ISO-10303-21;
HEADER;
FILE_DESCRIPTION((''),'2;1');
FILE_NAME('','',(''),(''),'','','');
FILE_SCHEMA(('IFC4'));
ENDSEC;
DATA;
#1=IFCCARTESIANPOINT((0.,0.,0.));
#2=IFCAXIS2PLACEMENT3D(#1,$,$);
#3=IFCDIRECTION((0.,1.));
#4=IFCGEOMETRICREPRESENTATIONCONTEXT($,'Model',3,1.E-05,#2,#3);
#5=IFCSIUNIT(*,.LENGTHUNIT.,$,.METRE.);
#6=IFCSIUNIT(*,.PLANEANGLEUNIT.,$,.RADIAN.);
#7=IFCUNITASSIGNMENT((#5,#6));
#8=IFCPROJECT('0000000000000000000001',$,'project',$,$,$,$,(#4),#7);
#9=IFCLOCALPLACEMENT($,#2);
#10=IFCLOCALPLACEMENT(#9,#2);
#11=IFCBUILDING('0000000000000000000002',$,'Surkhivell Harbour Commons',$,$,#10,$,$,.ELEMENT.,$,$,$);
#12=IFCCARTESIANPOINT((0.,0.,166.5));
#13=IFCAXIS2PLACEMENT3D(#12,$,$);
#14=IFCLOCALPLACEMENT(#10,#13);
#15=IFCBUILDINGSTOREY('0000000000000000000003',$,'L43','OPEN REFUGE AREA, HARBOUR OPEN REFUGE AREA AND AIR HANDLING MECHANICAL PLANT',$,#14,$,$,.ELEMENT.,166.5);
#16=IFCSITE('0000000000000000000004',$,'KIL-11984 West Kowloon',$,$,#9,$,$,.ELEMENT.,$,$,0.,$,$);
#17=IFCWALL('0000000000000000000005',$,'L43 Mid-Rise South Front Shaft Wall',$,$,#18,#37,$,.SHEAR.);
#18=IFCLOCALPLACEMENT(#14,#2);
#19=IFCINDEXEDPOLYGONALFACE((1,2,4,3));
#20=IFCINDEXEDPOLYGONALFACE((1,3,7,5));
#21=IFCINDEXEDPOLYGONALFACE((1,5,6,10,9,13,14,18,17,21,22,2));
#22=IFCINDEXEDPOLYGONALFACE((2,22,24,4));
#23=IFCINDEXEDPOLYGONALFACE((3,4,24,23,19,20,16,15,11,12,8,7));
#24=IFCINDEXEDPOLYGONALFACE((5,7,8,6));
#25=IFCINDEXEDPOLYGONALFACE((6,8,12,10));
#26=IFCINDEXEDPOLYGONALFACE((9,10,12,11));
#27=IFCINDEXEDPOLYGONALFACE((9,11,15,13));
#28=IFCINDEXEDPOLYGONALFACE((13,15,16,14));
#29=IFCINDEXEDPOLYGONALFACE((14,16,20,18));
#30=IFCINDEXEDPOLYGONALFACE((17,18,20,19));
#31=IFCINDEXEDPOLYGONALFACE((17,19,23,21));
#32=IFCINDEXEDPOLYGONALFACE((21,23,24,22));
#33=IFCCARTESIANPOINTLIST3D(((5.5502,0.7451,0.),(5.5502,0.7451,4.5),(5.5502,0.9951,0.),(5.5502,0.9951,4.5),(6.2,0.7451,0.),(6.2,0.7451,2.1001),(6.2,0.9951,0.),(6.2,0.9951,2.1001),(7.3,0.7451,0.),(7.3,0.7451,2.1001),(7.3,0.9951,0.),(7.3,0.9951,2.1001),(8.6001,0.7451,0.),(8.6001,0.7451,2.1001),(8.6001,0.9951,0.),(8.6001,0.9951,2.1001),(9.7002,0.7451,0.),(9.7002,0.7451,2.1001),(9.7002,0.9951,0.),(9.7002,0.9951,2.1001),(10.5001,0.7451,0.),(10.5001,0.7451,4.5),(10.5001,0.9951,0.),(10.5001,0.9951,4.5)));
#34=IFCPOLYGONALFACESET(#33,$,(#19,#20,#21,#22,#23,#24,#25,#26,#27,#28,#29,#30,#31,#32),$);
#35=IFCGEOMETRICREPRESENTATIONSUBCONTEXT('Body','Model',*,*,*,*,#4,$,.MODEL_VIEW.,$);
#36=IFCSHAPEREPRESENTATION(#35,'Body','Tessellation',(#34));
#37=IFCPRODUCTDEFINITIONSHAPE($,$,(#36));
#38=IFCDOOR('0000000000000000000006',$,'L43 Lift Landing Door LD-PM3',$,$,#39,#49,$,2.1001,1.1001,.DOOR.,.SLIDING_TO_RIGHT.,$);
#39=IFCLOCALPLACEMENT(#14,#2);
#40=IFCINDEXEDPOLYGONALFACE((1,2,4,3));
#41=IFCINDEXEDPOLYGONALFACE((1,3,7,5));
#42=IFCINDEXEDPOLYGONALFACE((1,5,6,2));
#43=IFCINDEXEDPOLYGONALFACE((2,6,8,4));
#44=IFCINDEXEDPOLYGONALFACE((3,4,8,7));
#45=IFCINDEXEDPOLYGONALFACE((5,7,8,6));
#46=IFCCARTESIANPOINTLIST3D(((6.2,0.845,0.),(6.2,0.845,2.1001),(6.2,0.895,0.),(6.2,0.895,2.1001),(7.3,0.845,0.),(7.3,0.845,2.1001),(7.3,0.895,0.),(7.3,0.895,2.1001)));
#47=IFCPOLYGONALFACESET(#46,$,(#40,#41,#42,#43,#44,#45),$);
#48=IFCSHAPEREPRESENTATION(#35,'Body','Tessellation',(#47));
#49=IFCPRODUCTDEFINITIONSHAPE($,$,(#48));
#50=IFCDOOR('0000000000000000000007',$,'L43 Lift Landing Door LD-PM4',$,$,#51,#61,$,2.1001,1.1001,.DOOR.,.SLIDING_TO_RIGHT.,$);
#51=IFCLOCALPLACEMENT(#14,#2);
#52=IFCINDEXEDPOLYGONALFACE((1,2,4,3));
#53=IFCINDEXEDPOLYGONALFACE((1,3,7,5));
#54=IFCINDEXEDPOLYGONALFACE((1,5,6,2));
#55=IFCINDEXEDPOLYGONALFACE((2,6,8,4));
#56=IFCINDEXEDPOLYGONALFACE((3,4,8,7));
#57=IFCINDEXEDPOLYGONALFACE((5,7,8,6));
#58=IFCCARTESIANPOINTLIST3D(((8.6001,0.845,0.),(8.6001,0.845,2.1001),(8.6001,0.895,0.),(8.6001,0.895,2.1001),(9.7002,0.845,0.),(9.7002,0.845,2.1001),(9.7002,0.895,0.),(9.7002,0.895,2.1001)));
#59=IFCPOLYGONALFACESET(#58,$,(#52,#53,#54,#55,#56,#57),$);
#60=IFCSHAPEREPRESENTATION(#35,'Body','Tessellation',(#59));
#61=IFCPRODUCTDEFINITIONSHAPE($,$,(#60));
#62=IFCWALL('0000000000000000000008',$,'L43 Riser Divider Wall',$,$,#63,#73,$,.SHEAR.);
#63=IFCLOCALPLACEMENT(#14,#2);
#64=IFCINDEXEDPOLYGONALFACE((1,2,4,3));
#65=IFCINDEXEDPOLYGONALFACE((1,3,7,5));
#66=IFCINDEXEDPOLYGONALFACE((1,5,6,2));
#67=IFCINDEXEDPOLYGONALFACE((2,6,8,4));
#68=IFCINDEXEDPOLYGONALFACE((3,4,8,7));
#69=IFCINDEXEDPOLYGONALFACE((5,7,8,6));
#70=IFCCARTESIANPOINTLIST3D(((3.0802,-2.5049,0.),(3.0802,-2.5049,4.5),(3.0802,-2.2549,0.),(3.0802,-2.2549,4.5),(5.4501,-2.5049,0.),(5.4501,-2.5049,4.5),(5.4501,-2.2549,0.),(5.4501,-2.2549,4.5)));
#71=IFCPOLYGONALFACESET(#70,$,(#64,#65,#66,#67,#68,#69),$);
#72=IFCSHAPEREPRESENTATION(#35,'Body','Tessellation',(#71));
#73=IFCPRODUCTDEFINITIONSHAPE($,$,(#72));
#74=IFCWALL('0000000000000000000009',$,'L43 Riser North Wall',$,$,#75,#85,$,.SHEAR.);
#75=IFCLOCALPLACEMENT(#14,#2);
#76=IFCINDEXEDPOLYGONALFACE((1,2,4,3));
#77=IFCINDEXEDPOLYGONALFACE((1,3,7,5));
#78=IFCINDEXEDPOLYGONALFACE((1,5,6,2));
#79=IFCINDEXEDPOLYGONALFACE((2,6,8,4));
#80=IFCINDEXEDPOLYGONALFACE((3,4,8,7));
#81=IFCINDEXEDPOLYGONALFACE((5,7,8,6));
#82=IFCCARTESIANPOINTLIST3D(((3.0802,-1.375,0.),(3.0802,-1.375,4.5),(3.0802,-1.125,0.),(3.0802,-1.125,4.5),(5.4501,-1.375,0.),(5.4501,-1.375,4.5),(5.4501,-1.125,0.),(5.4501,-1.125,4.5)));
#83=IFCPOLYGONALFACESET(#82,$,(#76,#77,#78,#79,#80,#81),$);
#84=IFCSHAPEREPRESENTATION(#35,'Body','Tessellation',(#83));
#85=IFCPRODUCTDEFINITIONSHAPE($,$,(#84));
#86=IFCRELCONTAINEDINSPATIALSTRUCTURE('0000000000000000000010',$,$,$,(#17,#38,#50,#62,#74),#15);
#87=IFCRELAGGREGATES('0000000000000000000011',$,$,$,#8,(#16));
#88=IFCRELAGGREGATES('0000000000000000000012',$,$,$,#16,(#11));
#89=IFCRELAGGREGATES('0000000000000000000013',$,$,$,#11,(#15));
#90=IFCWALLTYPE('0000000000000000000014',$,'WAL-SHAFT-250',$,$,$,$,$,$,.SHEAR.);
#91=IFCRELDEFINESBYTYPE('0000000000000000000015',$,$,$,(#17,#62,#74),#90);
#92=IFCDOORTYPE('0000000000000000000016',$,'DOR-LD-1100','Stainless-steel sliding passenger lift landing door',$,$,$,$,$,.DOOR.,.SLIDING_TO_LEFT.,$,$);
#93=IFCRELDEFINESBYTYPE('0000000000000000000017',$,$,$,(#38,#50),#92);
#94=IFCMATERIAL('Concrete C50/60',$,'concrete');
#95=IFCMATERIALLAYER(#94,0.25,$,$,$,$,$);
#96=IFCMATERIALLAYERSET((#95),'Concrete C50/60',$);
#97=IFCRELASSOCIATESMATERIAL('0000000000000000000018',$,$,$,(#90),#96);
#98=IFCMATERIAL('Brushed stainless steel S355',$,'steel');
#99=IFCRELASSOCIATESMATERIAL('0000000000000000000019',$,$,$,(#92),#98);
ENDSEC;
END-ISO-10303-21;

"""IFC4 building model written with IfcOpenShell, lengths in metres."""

from ifc_helpers import new_model, si_unit, direction, frame, frame_2d, origin, place, context, subcontext, project, spatial, rectangle, extrude, material, layer, layer_set, type_object, element, fill, save


model = new_model("IFC4")

# Units and contexts
model_context = context("Model", 3, precision=1e-05, world=origin(), true_north=direction((0.0, 1.0)))
body_context = subcontext(model_context, "Body", "Model", "MODEL_VIEW")
ifc_project = project(units=[si_unit("LENGTHUNIT", "METRE"), si_unit("PLANEANGLEUNIT", "RADIAN")], contexts=[model_context])

# Site, building, storey
site_placement = place(None, origin())
site = spatial("IfcSite", under=ifc_project, at=site_placement, Name="KIL-11984 West Kowloon", CompositionType="ELEMENT", RefElevation=0.0)
building_placement = place(site_placement, origin())
building = spatial("IfcBuilding", under=site, at=building_placement, Name="Surkhivell Harbour Commons", CompositionType="ELEMENT")
storey_placement = place(building_placement, frame((0.0, 0.0, 166.5)))
storey = spatial("IfcBuildingStorey", under=building, at=storey_placement, Name="L43", Description="OPEN REFUGE AREA, HARBOUR OPEN REFUGE AREA AND AIR HANDLING MECHANICAL PLANT", CompositionType="ELEMENT", Elevation=166.5)

# Shared definitions
ifc_material_1 = material(Name="Concrete C50/60", Category="concrete")
ifc_layer_1 = layer(ifc_material_1, 0.25)
ifc_layer_set_1 = layer_set([ifc_layer_1], Name="Concrete C50/60")
wall_type_1 = type_object("IfcWallType", Name="WAL-SHAFT-250", PredefinedType="SHEAR", material=ifc_layer_set_1)

# Shared definitions
ifc_material_2 = material(Name="Brushed stainless steel S355", Category="steel")
door_type_1 = type_object("IfcDoorType", Name="DOR-LD-1100", Description="Stainless-steel sliding passenger lift landing door", OperationType="SLIDING_TO_LEFT", PredefinedType="DOOR", material=ifc_material_2)

# Wall, openings, doors
wall_1_placement = place(storey_placement, frame((5.55, 0.8701, 0.0), z_axis=(0.0, 0.0, 1.0), x_axis=(1.0, 0.0, 0.0)))
wall_1 = element("IfcWall", 1, at=wall_1_placement, inside=storey, type_object=wall_type_1, Name="L43 Mid-Rise South Front Shaft Wall", PredefinedType="SHEAR", context=body_context, shape_type="SweptSolid", body=[
    extrude(rectangle(XDim=4.95, YDim=0.25, at=frame_2d((2.4751, 0.0))), origin(), (0.0, 0.0, 1.0), 4.5),
])
opening_1_placement = place(wall_1_placement, frame((0.6499, 0.0, 0.0)))
opening_1 = element("IfcOpeningElement", 2, at=opening_1_placement, cuts=wall_1, PredefinedType="OPENING", context=body_context, shape_type="SweptSolid", body=[
    extrude(rectangle(XDim=1.1001, YDim=2.1001, at=frame_2d((0.55, 1.05))), frame((0.0, 0.135, 0.0), z_axis=(0.0, -1.0, 0.0), x_axis=(1.0, 0.0, 0.0)), (0.0, 0.0, 1.0), 0.27),
])
opening_2_placement = place(wall_1_placement, frame((3.05, 0.0, 0.0)))
opening_2 = element("IfcOpeningElement", 3, at=opening_2_placement, cuts=wall_1, PredefinedType="OPENING", context=body_context, shape_type="SweptSolid", body=[
    extrude(rectangle(XDim=1.1001, YDim=2.1001, at=frame_2d((0.55, 1.05))), frame((0.0, 0.135, 0.0), z_axis=(0.0, -1.0, 0.0), x_axis=(1.0, 0.0, 0.0)), (0.0, 0.0, 1.0), 0.27),
])
door_1_placement = place(opening_1_placement, origin())
door_1 = element("IfcDoor", 4, at=door_1_placement, inside=storey, type_object=door_type_1, Name="L43 Lift Landing Door LD-PM3", OperationType="SLIDING_TO_RIGHT", OverallHeight=2.1001, OverallWidth=1.1001, PredefinedType="DOOR", context=body_context, shape_type="SweptSolid", body=[
    extrude(rectangle(XDim=1.1001, YDim=2.1001, at=frame_2d((0.55, 1.05))), frame((0.0, 0.0249, 0.0), z_axis=(0.0, -1.0, 0.0), x_axis=(1.0, 0.0, 0.0)), (0.0, 0.0, 1.0), 0.05),
])
fill(opening_1, door_1)
door_2_placement = place(opening_2_placement, origin())
door_2 = element("IfcDoor", 5, at=door_2_placement, inside=storey, type_object=door_type_1, Name="L43 Lift Landing Door LD-PM4", OperationType="SLIDING_TO_RIGHT", OverallHeight=2.1001, OverallWidth=1.1001, PredefinedType="DOOR", context=body_context, shape_type="SweptSolid", body=[
    extrude(rectangle(XDim=1.1001, YDim=2.1001, at=frame_2d((0.55, 1.05))), frame((0.0, 0.0249, 0.0), z_axis=(0.0, -1.0, 0.0), x_axis=(1.0, 0.0, 0.0)), (0.0, 0.0, 1.0), 0.05),
])
fill(opening_2, door_2)

# Walls
for number, where, z_axis, x_axis, name in (
    (6, (3.0801, -2.3799, 0.0), (0.0, 0.0, 1.0), (1.0, 0.0, 0.0), "L43 Riser Divider Wall"),
    (7, (3.0801, -1.25, 0.0), (0.0, 0.0, 1.0), (1.0, 0.0, 0.0), "L43 Riser North Wall"),
):
    element("IfcWall", number, at=place(storey_placement, frame(where, z_axis=z_axis, x_axis=x_axis)), inside=storey, type_object=wall_type_1, Name=name, PredefinedType="SHEAR", context=body_context, shape_type="SweptSolid", body=[
        extrude(rectangle(XDim=2.3699, YDim=0.25, at=frame_2d((1.1851, 0.0))), origin(), (0.0, 0.0, 1.0), 4.5),
    ])

save(model, "model.ifc")
